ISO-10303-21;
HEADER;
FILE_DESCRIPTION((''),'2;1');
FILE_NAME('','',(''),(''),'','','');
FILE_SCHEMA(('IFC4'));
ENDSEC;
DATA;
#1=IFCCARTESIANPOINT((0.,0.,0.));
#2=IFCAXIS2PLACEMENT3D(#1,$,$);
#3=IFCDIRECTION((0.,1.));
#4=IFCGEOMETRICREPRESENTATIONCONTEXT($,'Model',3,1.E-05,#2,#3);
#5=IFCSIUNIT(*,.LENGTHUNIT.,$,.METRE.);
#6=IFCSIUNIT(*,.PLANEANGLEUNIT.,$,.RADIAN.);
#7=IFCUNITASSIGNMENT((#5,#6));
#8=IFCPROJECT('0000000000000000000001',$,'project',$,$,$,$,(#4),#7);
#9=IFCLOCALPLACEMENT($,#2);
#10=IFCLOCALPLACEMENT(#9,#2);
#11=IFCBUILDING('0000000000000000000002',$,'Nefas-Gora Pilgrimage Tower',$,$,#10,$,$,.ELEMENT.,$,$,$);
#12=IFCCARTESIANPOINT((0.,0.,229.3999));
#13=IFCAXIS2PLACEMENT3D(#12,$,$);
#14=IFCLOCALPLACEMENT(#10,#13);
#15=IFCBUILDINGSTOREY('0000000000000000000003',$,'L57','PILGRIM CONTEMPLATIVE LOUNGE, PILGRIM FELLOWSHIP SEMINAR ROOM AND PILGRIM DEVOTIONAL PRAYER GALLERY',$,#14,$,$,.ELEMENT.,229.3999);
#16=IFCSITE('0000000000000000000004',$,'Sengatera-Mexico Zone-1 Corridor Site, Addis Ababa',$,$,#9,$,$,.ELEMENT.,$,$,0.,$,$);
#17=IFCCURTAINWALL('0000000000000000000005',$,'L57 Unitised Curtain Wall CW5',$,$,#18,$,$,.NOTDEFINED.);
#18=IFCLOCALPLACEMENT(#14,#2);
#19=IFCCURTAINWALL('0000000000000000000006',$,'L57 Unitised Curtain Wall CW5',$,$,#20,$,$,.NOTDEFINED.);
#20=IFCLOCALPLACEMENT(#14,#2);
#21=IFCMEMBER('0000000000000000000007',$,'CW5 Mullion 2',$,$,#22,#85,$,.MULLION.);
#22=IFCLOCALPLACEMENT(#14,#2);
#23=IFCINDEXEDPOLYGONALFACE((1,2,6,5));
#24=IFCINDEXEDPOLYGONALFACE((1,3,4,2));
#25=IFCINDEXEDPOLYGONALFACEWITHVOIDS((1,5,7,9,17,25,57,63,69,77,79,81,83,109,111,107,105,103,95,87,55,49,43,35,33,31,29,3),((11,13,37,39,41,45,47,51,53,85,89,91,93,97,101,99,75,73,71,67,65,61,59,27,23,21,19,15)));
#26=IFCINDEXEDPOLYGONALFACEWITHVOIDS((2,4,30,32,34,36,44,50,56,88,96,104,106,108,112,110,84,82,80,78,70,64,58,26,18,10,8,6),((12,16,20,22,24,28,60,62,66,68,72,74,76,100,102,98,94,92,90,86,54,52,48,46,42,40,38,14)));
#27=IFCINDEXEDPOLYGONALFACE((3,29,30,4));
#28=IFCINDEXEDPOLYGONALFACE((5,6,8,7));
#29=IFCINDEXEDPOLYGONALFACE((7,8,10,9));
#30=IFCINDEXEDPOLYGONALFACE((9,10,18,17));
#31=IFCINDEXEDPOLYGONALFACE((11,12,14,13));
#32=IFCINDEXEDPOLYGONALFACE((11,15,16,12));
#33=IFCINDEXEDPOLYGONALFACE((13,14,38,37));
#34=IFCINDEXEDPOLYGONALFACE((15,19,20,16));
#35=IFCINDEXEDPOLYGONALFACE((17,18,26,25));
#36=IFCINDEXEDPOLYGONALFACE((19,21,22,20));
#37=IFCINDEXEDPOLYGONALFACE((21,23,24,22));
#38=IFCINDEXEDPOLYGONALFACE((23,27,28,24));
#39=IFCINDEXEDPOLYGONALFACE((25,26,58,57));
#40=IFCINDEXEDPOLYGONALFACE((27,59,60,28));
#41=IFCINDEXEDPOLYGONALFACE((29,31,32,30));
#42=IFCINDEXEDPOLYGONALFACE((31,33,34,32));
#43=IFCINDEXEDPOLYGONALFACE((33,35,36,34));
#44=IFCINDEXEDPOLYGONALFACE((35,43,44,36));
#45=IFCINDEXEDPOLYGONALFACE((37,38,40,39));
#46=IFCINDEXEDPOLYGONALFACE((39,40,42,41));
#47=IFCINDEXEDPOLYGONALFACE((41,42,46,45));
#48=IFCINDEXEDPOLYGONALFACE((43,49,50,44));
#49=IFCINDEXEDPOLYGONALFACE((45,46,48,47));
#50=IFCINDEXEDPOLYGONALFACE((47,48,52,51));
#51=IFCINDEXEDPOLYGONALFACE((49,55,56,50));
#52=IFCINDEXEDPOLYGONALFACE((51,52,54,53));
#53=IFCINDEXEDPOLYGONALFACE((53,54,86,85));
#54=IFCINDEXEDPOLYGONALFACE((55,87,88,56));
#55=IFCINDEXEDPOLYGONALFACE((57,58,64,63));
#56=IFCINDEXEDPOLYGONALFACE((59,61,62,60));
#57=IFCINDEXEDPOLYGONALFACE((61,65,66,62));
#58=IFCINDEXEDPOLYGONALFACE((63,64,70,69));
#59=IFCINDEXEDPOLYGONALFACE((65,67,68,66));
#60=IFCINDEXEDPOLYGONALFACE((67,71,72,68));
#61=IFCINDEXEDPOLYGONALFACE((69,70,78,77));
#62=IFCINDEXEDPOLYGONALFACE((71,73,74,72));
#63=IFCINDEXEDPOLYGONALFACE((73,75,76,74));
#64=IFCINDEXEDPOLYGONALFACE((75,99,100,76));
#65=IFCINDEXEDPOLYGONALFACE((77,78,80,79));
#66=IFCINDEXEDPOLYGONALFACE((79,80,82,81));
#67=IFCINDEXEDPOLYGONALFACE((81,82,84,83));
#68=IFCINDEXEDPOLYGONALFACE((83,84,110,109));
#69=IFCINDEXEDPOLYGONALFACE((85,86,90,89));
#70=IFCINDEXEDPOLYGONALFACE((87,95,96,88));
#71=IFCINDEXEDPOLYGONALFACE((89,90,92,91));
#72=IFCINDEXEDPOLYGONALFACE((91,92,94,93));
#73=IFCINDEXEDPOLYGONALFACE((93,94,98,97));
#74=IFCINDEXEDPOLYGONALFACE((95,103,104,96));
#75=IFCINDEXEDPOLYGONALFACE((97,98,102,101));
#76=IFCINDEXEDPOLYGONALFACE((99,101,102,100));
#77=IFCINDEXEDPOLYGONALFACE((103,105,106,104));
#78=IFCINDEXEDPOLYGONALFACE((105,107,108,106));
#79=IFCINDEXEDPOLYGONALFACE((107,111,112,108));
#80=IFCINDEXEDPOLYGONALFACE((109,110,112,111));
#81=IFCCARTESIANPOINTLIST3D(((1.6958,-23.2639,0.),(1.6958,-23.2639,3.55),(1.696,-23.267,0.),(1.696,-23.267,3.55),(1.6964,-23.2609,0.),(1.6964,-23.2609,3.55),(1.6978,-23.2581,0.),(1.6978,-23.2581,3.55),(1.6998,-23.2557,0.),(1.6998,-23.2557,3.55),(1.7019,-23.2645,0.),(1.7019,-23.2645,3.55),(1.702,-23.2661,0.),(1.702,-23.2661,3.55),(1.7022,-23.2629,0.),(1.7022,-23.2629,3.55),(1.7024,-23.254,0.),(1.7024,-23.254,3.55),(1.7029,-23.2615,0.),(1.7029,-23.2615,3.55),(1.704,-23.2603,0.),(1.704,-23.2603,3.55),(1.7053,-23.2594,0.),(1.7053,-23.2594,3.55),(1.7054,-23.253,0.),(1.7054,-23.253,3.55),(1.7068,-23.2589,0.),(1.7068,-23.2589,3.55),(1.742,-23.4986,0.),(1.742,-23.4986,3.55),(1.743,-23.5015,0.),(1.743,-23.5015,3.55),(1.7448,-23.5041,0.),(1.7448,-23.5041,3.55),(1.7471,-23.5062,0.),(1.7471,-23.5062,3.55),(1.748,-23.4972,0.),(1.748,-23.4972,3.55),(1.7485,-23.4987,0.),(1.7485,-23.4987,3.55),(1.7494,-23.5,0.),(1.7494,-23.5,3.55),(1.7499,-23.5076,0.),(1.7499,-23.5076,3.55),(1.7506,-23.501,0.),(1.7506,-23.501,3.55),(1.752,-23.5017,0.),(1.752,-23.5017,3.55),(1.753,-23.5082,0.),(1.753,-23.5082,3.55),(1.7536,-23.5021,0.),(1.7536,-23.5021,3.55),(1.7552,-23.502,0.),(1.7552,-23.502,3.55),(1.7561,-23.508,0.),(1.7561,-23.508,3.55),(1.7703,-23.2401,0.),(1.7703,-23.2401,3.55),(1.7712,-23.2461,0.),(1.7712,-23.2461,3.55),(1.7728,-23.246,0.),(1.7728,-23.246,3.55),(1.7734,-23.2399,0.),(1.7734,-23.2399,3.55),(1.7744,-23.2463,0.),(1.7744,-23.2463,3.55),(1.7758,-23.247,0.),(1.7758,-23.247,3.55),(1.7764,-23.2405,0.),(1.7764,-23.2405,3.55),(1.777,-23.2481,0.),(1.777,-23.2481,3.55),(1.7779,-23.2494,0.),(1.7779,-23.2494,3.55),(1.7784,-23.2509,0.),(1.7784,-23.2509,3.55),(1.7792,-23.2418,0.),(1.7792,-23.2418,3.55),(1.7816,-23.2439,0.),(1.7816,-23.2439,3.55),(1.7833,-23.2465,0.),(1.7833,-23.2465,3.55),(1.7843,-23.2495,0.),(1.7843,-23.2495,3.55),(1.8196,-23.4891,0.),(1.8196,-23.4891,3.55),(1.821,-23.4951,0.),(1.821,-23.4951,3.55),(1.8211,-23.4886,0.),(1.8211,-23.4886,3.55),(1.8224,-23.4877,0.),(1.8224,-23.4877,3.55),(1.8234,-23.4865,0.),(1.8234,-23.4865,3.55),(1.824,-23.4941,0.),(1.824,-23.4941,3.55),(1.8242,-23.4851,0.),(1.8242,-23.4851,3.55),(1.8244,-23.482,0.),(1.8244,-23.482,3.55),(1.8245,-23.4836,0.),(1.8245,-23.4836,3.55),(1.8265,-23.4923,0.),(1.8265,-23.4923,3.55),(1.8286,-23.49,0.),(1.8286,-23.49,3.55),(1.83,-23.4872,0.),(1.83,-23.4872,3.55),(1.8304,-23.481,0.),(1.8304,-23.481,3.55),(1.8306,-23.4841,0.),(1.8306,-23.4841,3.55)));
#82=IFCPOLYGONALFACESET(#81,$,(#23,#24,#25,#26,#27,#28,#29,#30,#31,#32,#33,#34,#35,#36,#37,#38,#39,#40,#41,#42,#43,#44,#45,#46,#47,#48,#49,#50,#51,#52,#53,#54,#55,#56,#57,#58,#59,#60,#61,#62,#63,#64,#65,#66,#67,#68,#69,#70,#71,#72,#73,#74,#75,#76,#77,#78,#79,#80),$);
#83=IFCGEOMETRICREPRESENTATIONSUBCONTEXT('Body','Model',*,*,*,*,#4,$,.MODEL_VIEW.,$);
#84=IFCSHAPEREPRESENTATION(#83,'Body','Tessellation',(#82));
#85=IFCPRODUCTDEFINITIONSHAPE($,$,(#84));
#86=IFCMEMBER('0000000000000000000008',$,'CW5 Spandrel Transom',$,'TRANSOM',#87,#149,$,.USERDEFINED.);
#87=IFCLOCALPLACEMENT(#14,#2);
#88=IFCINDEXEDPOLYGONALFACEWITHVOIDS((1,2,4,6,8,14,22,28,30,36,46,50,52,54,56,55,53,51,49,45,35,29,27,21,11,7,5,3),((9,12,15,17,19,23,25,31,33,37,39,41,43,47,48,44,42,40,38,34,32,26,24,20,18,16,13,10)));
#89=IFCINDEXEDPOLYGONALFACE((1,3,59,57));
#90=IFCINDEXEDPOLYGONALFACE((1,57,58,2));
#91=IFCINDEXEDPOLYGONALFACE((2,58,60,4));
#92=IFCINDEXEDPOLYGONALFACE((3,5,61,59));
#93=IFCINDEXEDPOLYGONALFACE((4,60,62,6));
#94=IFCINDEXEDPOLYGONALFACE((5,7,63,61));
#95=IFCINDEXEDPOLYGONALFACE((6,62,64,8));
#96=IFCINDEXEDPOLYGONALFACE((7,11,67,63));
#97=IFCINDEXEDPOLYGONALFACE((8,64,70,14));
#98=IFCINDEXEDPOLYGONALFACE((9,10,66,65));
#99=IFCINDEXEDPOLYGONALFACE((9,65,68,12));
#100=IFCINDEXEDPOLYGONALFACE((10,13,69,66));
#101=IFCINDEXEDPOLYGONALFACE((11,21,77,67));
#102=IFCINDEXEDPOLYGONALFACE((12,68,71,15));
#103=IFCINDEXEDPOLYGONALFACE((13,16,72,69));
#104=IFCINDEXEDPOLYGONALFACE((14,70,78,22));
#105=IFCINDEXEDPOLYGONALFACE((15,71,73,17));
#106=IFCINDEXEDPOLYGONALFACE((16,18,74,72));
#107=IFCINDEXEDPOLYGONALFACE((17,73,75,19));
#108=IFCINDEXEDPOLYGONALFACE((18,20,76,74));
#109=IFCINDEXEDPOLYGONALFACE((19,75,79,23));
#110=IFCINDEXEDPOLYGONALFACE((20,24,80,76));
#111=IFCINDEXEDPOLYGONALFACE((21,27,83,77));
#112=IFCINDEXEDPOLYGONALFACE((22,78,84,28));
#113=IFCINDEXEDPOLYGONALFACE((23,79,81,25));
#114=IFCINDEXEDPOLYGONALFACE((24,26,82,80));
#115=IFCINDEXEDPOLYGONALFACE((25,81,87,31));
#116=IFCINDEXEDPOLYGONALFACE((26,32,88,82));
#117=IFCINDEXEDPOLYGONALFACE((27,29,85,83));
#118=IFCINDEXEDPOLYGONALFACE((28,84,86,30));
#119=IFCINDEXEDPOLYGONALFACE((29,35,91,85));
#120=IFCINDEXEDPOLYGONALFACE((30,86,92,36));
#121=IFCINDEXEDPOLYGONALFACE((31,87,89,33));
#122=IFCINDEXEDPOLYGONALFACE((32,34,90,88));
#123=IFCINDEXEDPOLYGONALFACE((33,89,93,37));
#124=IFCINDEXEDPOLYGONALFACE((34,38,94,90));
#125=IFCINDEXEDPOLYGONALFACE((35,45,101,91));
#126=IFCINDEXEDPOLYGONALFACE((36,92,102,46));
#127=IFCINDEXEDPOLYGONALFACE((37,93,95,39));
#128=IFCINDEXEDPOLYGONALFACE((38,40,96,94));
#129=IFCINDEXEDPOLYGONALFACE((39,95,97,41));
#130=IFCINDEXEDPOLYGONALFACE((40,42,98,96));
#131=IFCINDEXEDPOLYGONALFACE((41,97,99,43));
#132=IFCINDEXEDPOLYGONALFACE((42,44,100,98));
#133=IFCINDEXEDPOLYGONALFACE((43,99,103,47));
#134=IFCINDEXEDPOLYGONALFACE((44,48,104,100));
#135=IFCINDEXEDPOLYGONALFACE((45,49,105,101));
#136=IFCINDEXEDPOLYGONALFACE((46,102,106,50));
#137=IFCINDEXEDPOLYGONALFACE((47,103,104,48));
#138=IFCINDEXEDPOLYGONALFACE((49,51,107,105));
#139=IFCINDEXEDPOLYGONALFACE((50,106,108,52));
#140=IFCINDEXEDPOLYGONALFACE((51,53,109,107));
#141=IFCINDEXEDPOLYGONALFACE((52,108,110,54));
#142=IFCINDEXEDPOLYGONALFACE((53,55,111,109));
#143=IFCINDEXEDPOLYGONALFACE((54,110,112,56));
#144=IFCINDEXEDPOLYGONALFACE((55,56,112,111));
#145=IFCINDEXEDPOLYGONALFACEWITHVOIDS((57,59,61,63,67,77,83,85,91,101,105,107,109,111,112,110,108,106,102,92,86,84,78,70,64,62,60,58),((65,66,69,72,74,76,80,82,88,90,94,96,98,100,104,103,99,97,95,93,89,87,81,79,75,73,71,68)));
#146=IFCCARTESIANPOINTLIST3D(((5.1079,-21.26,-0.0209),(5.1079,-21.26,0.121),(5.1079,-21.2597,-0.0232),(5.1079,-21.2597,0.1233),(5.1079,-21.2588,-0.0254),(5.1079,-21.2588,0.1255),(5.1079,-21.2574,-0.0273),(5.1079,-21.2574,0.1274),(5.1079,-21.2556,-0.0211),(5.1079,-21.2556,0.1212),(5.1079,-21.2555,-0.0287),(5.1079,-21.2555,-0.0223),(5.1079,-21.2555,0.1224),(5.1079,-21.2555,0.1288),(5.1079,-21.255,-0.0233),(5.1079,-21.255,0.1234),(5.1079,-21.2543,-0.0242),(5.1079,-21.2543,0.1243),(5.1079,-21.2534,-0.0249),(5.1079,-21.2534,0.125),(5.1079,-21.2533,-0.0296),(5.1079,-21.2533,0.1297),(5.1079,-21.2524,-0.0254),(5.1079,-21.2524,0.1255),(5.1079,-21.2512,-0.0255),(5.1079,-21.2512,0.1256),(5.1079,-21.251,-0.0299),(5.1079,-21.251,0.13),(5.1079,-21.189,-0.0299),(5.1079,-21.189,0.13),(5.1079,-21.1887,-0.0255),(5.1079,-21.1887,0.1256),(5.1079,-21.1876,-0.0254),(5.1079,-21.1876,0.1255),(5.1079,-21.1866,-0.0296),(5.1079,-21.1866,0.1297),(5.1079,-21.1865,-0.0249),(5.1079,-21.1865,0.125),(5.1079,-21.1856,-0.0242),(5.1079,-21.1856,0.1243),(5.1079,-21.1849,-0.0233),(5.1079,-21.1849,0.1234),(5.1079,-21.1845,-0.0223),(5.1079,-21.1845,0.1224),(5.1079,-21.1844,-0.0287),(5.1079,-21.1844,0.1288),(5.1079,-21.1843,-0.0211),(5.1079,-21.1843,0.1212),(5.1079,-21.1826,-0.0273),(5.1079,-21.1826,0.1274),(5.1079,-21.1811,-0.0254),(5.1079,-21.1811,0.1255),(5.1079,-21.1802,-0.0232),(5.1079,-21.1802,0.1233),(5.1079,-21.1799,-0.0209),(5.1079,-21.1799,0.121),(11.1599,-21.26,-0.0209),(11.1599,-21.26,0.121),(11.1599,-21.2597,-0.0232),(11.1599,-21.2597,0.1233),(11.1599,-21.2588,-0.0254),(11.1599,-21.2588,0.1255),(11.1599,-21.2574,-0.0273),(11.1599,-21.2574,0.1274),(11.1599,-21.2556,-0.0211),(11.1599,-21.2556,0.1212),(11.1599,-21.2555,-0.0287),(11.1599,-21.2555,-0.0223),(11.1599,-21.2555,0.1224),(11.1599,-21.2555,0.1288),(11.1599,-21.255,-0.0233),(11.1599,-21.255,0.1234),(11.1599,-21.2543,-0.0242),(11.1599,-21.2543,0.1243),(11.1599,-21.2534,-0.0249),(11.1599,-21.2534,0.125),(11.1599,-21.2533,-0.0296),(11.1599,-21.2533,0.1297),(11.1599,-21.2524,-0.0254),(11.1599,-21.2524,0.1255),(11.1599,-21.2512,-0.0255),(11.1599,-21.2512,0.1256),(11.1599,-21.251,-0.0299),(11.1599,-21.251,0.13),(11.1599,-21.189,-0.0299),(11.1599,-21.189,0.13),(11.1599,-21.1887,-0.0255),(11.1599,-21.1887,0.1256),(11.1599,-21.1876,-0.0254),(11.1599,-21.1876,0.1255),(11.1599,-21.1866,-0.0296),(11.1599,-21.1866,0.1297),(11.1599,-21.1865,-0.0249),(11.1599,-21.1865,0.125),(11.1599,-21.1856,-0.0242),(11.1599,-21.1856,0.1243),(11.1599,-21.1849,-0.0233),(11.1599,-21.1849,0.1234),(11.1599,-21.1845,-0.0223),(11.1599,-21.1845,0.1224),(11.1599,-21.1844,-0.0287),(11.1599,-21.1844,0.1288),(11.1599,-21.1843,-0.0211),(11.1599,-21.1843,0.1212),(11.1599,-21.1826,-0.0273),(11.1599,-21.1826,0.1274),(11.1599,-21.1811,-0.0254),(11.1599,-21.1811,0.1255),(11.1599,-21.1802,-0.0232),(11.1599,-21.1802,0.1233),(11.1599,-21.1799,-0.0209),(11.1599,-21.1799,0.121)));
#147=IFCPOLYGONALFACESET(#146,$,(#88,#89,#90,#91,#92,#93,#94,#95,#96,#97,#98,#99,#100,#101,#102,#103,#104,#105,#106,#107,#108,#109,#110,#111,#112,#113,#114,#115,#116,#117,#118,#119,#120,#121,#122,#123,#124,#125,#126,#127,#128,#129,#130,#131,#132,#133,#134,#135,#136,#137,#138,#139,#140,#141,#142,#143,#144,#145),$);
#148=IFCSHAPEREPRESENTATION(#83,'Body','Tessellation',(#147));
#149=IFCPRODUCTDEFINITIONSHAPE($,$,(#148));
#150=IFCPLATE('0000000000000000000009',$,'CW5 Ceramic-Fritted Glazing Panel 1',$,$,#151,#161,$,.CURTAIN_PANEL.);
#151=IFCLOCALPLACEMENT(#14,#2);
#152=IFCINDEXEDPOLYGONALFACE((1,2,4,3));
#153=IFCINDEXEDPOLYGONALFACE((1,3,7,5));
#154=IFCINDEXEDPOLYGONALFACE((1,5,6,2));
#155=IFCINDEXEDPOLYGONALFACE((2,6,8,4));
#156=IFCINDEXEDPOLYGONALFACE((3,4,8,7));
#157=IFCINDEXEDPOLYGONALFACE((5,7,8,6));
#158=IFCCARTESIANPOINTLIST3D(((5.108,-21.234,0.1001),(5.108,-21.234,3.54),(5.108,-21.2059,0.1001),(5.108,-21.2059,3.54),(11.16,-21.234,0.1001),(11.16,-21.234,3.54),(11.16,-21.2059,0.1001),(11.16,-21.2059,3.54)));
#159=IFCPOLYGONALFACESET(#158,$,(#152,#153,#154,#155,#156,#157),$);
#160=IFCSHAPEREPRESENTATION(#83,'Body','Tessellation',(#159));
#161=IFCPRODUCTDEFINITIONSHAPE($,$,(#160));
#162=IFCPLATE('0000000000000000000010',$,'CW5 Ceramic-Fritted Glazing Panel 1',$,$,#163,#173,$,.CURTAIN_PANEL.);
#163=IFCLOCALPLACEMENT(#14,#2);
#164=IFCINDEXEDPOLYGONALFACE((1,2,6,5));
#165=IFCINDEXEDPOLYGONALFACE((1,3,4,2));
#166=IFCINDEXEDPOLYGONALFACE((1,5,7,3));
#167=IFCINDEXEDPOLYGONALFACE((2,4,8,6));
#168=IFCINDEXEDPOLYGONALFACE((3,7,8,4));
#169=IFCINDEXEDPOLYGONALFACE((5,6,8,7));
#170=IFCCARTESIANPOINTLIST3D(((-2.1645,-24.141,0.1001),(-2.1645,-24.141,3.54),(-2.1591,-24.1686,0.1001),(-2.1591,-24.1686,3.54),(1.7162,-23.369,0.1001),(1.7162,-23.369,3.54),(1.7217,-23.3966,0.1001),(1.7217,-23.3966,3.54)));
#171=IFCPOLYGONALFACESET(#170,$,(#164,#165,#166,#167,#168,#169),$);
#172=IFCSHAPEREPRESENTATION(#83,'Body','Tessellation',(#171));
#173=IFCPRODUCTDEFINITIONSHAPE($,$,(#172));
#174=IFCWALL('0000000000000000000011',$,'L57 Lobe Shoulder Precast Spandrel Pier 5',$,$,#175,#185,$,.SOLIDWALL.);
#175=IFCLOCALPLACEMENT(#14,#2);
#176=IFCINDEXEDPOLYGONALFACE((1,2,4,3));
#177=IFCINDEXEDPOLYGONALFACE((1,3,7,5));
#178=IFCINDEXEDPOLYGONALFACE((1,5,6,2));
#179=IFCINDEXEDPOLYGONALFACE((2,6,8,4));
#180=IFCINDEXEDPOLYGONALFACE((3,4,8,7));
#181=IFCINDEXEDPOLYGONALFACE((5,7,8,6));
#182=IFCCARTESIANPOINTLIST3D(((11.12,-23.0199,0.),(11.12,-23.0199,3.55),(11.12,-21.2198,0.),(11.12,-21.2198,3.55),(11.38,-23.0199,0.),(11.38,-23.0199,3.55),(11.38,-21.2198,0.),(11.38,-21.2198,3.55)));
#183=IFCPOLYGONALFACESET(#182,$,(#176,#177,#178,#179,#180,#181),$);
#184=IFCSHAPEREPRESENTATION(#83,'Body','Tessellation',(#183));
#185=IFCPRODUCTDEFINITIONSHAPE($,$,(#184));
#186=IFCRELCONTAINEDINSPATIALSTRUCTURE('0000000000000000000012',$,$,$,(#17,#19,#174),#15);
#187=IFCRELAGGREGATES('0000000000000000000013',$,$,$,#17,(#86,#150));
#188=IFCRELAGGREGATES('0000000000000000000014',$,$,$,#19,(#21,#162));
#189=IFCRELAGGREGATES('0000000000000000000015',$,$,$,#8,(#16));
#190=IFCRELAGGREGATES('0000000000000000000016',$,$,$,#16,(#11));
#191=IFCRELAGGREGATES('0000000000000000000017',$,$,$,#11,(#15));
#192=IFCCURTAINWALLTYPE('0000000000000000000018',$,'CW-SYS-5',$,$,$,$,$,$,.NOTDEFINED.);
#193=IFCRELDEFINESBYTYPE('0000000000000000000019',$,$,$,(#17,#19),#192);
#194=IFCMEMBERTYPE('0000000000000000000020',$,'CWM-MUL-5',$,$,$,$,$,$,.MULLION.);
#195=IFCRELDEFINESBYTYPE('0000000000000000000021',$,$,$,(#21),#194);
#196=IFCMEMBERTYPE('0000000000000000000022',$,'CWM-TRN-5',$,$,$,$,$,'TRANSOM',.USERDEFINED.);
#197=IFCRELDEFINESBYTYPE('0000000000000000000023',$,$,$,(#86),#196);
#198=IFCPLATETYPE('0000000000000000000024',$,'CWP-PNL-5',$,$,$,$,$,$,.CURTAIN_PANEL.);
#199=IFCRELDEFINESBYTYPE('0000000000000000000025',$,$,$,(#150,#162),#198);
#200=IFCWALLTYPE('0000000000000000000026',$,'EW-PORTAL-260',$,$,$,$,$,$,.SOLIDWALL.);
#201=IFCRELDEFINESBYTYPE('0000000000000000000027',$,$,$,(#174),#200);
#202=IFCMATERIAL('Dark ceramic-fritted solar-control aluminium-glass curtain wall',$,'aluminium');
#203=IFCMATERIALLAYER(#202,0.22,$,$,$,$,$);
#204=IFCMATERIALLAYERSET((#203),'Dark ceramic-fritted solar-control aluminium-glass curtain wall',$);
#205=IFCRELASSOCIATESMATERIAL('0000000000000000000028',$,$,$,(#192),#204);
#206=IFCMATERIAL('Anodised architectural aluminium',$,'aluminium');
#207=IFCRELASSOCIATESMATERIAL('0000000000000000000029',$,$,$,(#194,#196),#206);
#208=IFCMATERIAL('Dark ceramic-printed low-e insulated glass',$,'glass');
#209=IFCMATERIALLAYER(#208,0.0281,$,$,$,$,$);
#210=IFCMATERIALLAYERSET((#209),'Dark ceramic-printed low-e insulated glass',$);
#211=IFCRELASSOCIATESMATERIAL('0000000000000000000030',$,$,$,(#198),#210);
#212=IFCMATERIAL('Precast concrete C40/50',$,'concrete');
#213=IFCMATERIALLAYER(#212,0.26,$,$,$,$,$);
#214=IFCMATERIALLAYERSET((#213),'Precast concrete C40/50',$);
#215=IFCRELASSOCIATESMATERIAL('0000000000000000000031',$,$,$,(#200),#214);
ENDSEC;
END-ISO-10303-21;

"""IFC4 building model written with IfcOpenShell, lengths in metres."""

from ifc_helpers import new_model, si_unit, direction, frame, frame_2d, origin, origin_2d, place, context, subcontext, project, spatial, rectangle, hollow_rectangle, extrude, source, transform, mapped, material, layer, layer_set, material_profile, profile_set, type_object, element, aggregate, save


model = new_model("IFC4")

# Units and contexts
model_context = context("Model", 3, precision=1e-05, world=origin(), true_north=direction((0.0, 1.0)))
body_context = subcontext(model_context, "Body", "Model", "MODEL_VIEW")
ifc_project = project(units=[si_unit("LENGTHUNIT", "METRE"), si_unit("PLANEANGLEUNIT", "RADIAN")], contexts=[model_context])

# Site, building, storey
site_placement = place(None, origin())
site = spatial("IfcSite", under=ifc_project, at=site_placement, Name="Sengatera-Mexico Zone-1 Corridor Site, Addis Ababa", CompositionType="ELEMENT", RefElevation=0.0)
building_placement = place(site_placement, origin())
building = spatial("IfcBuilding", under=site, at=building_placement, Name="Nefas-Gora Pilgrimage Tower", CompositionType="ELEMENT")
storey_placement = place(building_placement, frame((0.0, 0.0, 229.3999)))
storey = spatial("IfcBuildingStorey", under=building, at=storey_placement, Name="L57", Description="PILGRIM CONTEMPLATIVE LOUNGE, PILGRIM FELLOWSHIP SEMINAR ROOM AND PILGRIM DEVOTIONAL PRAYER GALLERY", CompositionType="ELEMENT", Elevation=229.3999)

# Curtain wall
ifc_material_1 = material(Name="Dark ceramic-fritted solar-control aluminium-glass curtain wall", Category="aluminium")
ifc_layer_1 = layer(ifc_material_1, 0.22)
ifc_layer_set_1 = layer_set([ifc_layer_1], Name="Dark ceramic-fritted solar-control aluminium-glass curtain wall")
curtain_wall_type = type_object("IfcCurtainWallType", Name="CW-SYS-5", PredefinedType="NOTDEFINED", material=ifc_layer_set_1)
curtain_wall_1_placement = place(storey_placement, origin())
curtain_wall_1 = element("IfcCurtainWall", 1, at=curtain_wall_1_placement, inside=storey, type_object=curtain_wall_type, Name="L57 Unitised Curtain Wall CW5", PredefinedType="NOTDEFINED")
ifc_material_2 = material(Name="Anodised architectural aluminium", Category="aluminium")
ifc_material_profile_1 = material_profile(ifc_material_2, hollow_rectangle(XDim=0.0901, YDim=0.26, WallThickness=0.0061, InnerFilletRadius=0.0061, OuterFilletRadius=0.012, at=origin_2d()), Name="ALU MULLION 90x260")
ifc_profile_set_1 = profile_set([ifc_material_profile_1], Name="Anodised architectural aluminium")
member_type_1 = type_object("IfcMemberType", Name="CWM-MUL-5", PredefinedType="MULLION", material=ifc_profile_set_1)
shared_shape_1 = source(origin(), body_context, "Body", "SweptSolid", [
    extrude(hollow_rectangle(XDim=0.0901, YDim=0.26, WallThickness=0.0061, InnerFilletRadius=0.0061, OuterFilletRadius=0.012, at=origin_2d()), origin(), (0.0, 0.0, 1.0), 3.55),
])

# Curtain wall, member
curtain_wall_2_placement = place(storey_placement, origin())
curtain_wall_2 = element("IfcCurtainWall", 2, at=curtain_wall_2_placement, inside=storey, type_object=curtain_wall_type, Name="L57 Unitised Curtain Wall CW5", PredefinedType="NOTDEFINED")
member_1_placement = place(storey_placement, frame((1.7632, -23.374, 0.0), z_axis=(0.0, 0.0, 1.0), x_axis=(0.980783, 0.195102, 0.0)))
member_1 = element("IfcMember", 3, at=member_1_placement, type_object=member_type_1, Name="CW5 Mullion 2", PredefinedType="MULLION", context=body_context, shape_type="MappedRepresentation", body=[
    mapped(shared_shape_1, transform((0.0, 0.0, 0.0), x_axis=(1.0, 0.0, 0.0), y_axis=(0.0, 1.0, 0.0), z_axis=(0.0, 0.0, 1.0), scale=1.0)),
])

# Member
ifc_material_profile_2 = material_profile(ifc_material_2, hollow_rectangle(XDim=0.0801, YDim=0.1599, WallThickness=0.0044, InnerFilletRadius=0.0044, OuterFilletRadius=0.009, at=origin_2d()), Name="ALU TRANSOM 80x160")
ifc_profile_set_2 = profile_set([ifc_material_profile_2], Name="Anodised architectural aluminium")
member_type_2 = type_object("IfcMemberType", Name="CWM-TRN-5", ElementType="TRANSOM", PredefinedType="USERDEFINED", material=ifc_profile_set_2)
shared_shape_2 = source(origin(), body_context, "Body", "SweptSolid", [
    extrude(hollow_rectangle(XDim=0.0801, YDim=0.1599, WallThickness=0.0044, InnerFilletRadius=0.0044, OuterFilletRadius=0.009, at=origin_2d()), origin(), (0.0, 0.0, 1.0), 6.052),
])
member_2_placement = place(storey_placement, frame((5.1079, -21.22, 0.05), z_axis=(1.0, 0.0, 0.0), x_axis=(0.0, 1.0, 0.0)))
member_2 = element("IfcMember", 4, at=member_2_placement, type_object=member_type_2, Name="CW5 Spandrel Transom", ObjectType="TRANSOM", PredefinedType="USERDEFINED", context=body_context, shape_type="MappedRepresentation", body=[
    mapped(shared_shape_2, transform((0.0, 0.0, 0.0), x_axis=(1.0, 0.0, 0.0), y_axis=(0.0, 1.0, 0.0), z_axis=(0.0, 0.0, 1.0), scale=1.0)),
])

# Plates
ifc_material_3 = material(Name="Dark ceramic-printed low-e insulated glass", Category="glass")
ifc_layer_2 = layer(ifc_material_3, 0.0281)
ifc_layer_set_2 = layer_set([ifc_layer_2], Name="Dark ceramic-printed low-e insulated glass")
plate_type = type_object("IfcPlateType", Name="CWP-PNL-5", PredefinedType="CURTAIN_PANEL", material=ifc_layer_set_2)
shared_shape_3 = source(origin(), body_context, "Body", "SweptSolid", [
    extrude(rectangle(XDim=6.052, YDim=0.0281, at=origin_2d()), origin(), (0.0, 0.0, 1.0), 3.4399),
])
plate_1_placement = place(storey_placement, frame((8.134, -21.22, 0.1001), z_axis=(0.0, 0.0, 1.0), x_axis=(1.0, 0.0, 0.0)))
plate_1 = element("IfcPlate", 5, at=plate_1_placement, type_object=plate_type, Name="CW5 Ceramic-Fritted Glazing Panel 1", PredefinedType="CURTAIN_PANEL", context=body_context, shape_type="MappedRepresentation", body=[
    mapped(shared_shape_3, transform((0.0, 0.0, 0.0), x_axis=(1.0, 0.0, 0.0), y_axis=(0.0, 1.0, 0.0), z_axis=(0.0, 0.0, 1.0), scale=1.0)),
])
aggregate(curtain_wall_1, [member_2, plate_1])
shared_shape_4 = source(origin(), body_context, "Body", "SweptSolid", [
    extrude(rectangle(XDim=3.9568, YDim=0.0281, at=origin_2d()), origin(), (0.0, 0.0, 1.0), 3.4399),
])
plate_2_placement = place(storey_placement, frame((-0.2214, -23.7688, 0.1001), z_axis=(0.0, 0.0, 1.0), x_axis=(0.980783, 0.195102, 0.0)))
plate_2 = element("IfcPlate", 6, at=plate_2_placement, type_object=plate_type, Name="CW5 Ceramic-Fritted Glazing Panel 1", PredefinedType="CURTAIN_PANEL", context=body_context, shape_type="MappedRepresentation", body=[
    mapped(shared_shape_4, transform((0.0, 0.0, 0.0), x_axis=(1.0, 0.0, 0.0), y_axis=(0.0, 1.0, 0.0), z_axis=(0.0, 0.0, 1.0), scale=1.0)),
])
aggregate(curtain_wall_2, [member_1, plate_2])

# Wall
ifc_material_4 = material(Name="Precast concrete C40/50", Category="concrete")
ifc_layer_3 = layer(ifc_material_4, 0.26)
ifc_layer_set_3 = layer_set([ifc_layer_3], Name="Precast concrete C40/50")
wall_type_1 = type_object("IfcWallType", Name="EW-PORTAL-260", PredefinedType="SOLIDWALL", material=ifc_layer_set_3)
shared_shape_5 = source(origin(), body_context, "Body", "SweptSolid", [
    extrude(rectangle(XDim=1.8, YDim=0.26, at=frame_2d((0.8999, 0.0))), origin(), (0.0, 0.0, 1.0), 3.55),
])
wall_1_placement = place(storey_placement, frame((11.25, -21.22, 0.0), z_axis=(0.0, 0.0, 1.0), x_axis=(0.0, -1.0, 0.0)))
element("IfcWall", 7, at=wall_1_placement, inside=storey, type_object=wall_type_1, Name="L57 Lobe Shoulder Precast Spandrel Pier 5", PredefinedType="SOLIDWALL", context=body_context, shape_type="MappedRepresentation", body=[
    mapped(shared_shape_5, transform((0.0, 0.0, 0.0), x_axis=(1.0, 0.0, 0.0), y_axis=(0.0, 1.0, 0.0), z_axis=(0.0, 0.0, 1.0), scale=1.0)),
])

save(model, "model.ifc")
